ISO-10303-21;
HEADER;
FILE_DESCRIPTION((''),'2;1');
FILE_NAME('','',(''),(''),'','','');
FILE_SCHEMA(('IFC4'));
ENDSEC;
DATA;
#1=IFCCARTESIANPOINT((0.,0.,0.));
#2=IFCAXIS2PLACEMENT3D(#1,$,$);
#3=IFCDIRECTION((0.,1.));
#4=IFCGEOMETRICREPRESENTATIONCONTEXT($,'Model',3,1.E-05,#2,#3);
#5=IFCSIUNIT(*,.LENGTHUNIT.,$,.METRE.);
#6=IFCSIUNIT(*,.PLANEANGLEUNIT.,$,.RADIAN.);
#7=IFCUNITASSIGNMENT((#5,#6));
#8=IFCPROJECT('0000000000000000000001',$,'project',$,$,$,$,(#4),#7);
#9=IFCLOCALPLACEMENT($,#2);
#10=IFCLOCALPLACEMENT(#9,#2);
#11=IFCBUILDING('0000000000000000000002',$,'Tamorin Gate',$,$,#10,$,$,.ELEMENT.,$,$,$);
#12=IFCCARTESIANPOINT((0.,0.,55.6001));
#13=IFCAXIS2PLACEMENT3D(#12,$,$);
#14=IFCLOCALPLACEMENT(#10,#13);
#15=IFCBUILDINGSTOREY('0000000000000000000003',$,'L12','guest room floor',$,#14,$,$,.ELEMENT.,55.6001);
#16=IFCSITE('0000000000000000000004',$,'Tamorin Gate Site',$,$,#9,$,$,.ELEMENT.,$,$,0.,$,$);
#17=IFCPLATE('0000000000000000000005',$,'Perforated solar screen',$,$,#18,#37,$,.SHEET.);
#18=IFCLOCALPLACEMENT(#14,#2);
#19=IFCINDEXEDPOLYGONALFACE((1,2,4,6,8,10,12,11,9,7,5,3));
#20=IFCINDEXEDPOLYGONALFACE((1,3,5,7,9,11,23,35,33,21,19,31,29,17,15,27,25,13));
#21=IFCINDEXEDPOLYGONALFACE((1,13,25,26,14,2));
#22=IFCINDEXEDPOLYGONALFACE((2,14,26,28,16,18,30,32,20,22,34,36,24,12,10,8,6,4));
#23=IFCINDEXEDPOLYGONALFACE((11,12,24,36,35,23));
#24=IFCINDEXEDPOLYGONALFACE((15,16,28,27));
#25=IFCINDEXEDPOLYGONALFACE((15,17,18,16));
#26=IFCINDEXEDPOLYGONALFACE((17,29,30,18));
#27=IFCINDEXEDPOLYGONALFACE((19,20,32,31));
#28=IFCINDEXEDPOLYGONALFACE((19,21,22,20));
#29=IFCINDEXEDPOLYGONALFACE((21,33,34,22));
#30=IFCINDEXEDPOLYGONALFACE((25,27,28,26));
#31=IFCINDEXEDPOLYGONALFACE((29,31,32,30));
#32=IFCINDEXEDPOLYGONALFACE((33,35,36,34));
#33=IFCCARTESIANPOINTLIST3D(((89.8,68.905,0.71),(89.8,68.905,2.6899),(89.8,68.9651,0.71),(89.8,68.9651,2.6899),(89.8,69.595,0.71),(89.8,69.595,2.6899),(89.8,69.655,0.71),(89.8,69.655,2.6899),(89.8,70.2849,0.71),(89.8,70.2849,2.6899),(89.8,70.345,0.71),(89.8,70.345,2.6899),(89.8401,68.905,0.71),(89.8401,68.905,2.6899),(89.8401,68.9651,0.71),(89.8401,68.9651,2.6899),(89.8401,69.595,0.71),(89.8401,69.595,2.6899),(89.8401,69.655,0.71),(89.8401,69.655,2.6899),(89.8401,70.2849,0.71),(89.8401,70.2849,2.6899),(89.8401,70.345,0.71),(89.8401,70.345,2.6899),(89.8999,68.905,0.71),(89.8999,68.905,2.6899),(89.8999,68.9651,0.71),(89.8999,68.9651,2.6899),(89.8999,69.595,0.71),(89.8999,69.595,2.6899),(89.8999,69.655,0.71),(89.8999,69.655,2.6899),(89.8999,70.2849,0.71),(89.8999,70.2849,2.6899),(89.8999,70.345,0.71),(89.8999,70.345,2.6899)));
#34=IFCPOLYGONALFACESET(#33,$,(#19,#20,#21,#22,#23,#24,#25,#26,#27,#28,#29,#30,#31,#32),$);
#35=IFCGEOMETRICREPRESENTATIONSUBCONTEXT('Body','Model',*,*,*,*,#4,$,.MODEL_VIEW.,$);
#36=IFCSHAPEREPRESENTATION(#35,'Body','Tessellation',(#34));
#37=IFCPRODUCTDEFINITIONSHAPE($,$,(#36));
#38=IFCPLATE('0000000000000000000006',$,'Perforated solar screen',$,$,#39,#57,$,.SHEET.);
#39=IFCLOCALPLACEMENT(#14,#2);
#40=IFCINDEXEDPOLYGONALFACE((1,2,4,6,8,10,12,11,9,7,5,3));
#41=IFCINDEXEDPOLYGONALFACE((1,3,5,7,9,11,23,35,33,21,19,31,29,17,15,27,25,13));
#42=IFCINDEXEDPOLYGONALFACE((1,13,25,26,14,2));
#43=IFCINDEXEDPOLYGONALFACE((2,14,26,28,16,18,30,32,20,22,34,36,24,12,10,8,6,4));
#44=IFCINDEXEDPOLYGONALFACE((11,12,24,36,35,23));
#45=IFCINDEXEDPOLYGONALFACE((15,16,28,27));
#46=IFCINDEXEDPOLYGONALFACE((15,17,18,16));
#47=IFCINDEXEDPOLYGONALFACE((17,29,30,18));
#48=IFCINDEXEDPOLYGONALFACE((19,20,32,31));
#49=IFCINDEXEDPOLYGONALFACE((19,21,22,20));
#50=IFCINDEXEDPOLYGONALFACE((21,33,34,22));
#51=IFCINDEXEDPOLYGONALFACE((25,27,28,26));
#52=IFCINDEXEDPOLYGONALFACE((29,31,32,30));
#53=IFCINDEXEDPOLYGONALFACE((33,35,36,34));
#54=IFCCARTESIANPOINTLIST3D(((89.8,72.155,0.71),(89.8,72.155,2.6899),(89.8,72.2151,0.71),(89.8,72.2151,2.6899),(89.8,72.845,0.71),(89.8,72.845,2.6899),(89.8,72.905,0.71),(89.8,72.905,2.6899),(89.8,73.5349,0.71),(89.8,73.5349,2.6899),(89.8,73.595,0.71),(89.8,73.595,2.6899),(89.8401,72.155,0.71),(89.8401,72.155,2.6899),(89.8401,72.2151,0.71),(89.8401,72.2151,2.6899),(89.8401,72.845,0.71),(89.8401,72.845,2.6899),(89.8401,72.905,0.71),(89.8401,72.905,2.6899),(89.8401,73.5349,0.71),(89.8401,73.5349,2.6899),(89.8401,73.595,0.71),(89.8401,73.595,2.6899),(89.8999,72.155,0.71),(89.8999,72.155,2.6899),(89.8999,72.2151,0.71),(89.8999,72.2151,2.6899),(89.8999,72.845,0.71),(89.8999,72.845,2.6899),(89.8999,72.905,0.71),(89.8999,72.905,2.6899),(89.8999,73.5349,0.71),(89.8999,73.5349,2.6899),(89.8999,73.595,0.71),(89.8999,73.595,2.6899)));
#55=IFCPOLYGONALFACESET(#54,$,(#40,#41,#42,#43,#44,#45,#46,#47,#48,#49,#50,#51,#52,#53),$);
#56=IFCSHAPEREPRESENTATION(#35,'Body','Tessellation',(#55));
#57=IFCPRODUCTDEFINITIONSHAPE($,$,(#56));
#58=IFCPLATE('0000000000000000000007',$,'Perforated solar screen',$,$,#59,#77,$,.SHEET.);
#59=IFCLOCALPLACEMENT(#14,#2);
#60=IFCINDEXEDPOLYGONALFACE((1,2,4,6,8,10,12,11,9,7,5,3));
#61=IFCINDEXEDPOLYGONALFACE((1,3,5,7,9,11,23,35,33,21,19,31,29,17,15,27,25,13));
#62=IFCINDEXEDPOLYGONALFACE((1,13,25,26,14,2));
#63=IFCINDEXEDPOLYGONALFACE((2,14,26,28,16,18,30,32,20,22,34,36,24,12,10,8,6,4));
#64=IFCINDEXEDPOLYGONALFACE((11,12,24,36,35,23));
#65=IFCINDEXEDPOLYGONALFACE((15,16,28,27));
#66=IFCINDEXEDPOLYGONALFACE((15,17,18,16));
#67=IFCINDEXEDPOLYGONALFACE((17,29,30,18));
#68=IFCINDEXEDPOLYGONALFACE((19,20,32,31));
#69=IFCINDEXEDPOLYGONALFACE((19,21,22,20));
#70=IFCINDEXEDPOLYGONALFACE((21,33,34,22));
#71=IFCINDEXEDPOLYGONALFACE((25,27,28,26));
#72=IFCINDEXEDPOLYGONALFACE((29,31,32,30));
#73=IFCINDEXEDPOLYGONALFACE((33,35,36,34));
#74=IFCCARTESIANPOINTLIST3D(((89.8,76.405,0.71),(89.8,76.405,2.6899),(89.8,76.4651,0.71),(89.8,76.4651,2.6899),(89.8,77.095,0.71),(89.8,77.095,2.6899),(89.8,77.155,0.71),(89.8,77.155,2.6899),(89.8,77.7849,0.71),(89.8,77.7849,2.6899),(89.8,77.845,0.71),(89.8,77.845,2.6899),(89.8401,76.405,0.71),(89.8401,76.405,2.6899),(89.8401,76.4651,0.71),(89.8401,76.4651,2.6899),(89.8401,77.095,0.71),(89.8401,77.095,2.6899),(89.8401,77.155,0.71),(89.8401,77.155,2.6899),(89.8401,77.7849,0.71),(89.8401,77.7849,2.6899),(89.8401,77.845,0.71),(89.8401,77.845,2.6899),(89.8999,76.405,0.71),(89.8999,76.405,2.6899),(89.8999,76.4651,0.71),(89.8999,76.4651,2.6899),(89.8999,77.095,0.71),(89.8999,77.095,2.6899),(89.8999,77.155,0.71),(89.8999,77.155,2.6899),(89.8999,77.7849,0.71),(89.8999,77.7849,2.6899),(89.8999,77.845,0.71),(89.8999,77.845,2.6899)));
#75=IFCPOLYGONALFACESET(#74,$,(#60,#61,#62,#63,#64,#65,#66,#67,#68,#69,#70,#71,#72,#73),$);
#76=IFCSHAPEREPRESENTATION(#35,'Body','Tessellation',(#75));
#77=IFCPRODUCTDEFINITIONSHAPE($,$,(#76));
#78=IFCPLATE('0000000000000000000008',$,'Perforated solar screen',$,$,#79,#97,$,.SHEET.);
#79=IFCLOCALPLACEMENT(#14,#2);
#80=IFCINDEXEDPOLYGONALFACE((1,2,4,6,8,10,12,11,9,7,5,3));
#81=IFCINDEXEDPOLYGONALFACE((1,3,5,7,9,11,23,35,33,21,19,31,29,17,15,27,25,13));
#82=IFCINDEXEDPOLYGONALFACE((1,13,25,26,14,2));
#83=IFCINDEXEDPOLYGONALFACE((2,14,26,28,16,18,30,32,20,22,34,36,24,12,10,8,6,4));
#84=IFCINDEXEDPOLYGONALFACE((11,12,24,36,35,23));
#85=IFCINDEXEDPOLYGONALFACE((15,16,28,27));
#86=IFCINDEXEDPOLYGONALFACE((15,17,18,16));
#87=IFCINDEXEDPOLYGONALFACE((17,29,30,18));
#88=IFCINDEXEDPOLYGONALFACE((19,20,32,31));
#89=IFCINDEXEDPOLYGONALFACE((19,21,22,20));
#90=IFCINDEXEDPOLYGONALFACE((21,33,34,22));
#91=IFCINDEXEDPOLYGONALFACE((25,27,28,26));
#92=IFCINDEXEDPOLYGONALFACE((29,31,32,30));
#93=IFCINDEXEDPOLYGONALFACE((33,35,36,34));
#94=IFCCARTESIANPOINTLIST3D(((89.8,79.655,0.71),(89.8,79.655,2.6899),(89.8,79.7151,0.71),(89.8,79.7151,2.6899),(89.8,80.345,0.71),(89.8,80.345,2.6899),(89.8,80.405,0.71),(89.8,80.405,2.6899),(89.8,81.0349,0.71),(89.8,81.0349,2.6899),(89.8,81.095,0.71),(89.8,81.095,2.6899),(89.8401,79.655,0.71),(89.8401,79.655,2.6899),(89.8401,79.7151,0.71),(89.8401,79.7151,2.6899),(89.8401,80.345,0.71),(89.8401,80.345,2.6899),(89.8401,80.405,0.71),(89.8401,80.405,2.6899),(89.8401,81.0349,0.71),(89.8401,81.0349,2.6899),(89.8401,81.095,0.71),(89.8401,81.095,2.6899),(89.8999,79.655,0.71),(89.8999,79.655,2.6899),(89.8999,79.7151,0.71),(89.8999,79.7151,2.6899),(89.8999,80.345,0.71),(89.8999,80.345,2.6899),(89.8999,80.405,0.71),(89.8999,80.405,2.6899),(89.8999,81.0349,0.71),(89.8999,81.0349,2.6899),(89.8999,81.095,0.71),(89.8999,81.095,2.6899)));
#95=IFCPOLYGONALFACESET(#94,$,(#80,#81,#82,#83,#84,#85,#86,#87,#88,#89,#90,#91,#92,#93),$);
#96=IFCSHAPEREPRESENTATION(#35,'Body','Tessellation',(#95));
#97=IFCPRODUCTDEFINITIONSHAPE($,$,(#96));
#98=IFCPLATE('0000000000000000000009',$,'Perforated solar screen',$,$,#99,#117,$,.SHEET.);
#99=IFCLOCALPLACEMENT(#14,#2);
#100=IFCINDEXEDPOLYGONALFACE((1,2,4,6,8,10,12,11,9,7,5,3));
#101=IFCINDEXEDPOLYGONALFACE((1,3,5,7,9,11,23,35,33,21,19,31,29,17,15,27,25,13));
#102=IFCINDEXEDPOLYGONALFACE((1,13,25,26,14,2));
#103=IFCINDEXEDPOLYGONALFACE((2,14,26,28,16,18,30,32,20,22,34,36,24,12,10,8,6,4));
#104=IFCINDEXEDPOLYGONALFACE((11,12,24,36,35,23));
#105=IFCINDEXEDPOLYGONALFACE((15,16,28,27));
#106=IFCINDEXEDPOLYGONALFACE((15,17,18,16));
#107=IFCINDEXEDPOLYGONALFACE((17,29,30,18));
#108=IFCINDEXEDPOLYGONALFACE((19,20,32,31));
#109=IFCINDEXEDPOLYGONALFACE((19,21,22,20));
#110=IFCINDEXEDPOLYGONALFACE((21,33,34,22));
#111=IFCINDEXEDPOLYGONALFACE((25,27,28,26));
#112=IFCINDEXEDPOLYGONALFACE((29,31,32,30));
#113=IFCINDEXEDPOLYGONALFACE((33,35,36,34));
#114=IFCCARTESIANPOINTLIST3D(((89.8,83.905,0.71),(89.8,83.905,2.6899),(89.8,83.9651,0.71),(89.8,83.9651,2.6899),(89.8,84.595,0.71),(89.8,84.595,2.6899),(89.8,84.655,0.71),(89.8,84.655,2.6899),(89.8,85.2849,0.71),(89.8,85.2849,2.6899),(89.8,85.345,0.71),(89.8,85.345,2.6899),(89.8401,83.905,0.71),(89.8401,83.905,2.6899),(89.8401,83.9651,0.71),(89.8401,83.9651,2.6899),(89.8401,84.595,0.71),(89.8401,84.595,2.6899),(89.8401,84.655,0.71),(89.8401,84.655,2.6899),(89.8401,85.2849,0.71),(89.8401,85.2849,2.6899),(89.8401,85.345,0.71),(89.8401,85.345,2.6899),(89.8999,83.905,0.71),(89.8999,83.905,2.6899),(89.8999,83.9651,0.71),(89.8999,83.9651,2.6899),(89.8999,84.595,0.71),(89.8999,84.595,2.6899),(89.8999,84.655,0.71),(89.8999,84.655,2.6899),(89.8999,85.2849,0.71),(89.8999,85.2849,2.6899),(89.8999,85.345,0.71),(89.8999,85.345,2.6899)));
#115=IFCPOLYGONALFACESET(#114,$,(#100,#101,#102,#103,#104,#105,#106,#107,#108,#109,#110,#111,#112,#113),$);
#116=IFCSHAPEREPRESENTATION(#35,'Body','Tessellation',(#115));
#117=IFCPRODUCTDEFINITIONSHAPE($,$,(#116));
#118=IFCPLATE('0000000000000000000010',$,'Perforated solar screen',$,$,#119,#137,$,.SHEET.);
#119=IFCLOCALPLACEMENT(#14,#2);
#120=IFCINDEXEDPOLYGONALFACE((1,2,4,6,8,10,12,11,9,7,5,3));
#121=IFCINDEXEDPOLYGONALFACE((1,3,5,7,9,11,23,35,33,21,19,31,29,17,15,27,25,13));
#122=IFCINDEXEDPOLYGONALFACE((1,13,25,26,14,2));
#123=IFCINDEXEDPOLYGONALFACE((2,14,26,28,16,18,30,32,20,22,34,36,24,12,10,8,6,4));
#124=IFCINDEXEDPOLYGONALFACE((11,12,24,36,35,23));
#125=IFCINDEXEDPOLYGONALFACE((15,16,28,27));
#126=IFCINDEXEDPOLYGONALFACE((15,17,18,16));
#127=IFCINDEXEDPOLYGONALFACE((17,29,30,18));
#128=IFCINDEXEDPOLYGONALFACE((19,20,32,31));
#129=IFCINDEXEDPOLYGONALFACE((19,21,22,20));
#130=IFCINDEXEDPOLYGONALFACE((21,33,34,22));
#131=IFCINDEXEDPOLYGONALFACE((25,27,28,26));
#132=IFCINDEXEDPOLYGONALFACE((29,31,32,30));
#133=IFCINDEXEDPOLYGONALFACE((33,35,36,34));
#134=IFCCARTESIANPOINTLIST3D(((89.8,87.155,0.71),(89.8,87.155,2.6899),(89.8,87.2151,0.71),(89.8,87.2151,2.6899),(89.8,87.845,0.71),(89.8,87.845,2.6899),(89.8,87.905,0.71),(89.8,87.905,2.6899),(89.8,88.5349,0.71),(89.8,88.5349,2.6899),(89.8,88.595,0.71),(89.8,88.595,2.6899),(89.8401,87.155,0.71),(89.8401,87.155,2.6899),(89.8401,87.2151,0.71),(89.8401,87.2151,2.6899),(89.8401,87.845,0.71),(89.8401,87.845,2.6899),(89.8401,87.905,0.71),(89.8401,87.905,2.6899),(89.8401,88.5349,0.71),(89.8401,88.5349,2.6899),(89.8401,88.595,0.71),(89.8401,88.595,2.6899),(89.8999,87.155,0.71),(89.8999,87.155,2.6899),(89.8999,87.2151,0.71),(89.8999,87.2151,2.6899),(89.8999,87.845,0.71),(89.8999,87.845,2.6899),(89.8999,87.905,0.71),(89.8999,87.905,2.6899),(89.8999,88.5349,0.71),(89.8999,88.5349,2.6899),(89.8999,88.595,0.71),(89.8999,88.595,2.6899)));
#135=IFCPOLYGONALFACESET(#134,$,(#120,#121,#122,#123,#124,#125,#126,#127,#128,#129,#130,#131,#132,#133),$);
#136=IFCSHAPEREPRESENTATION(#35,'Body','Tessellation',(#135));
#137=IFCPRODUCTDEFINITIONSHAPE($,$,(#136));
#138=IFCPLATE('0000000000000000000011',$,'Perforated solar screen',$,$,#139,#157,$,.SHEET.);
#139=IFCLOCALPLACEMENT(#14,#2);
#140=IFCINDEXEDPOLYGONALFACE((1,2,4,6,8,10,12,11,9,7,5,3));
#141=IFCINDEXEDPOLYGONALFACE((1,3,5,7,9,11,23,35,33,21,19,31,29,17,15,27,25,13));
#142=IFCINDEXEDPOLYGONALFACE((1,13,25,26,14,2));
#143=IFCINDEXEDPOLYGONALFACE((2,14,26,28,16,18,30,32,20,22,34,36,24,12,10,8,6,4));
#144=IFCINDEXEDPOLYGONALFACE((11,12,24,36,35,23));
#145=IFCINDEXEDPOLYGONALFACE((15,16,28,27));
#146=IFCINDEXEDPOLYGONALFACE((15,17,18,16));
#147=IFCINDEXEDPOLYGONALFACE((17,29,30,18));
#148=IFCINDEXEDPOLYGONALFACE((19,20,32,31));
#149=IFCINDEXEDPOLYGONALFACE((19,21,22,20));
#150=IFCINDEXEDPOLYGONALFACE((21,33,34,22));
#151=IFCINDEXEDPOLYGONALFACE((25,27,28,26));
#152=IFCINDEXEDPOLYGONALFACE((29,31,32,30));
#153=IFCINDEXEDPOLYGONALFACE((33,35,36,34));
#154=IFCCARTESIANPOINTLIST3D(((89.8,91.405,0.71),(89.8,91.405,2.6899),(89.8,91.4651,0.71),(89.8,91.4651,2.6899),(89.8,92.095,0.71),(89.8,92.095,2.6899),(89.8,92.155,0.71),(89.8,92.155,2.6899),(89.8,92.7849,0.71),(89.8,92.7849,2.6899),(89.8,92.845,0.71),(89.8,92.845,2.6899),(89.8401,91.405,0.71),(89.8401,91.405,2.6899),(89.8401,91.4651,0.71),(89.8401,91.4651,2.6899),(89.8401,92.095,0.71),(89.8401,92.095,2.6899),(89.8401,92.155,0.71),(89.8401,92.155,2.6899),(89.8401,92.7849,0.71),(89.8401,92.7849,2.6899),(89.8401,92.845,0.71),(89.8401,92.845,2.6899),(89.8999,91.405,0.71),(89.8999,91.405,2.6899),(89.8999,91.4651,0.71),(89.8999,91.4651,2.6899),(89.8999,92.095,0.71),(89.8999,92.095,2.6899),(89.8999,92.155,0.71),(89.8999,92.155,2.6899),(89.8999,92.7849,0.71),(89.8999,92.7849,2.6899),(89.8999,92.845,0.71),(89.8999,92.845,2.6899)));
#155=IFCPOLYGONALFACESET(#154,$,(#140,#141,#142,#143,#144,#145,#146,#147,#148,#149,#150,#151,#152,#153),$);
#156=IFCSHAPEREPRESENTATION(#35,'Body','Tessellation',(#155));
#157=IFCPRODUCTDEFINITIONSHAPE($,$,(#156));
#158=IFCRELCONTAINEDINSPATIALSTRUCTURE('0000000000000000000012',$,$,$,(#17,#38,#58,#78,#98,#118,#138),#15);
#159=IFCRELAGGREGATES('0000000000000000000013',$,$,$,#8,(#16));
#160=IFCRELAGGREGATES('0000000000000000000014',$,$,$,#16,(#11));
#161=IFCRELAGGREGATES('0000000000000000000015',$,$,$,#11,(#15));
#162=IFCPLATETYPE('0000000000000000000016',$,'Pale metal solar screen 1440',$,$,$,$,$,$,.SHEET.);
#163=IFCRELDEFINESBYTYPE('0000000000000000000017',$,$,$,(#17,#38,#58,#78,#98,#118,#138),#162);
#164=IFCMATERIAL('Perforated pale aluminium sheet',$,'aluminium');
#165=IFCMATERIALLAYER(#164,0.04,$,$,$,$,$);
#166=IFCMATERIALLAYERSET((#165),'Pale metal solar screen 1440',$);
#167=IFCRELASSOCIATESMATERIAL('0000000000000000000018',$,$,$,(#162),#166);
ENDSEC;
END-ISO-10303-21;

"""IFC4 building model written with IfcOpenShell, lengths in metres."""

from ifc_helpers import new_model, si_unit, direction, frame, origin, place, context, subcontext, project, spatial, polyline, outline, extrude, material, layer, layer_set, type_object, element, save


model = new_model("IFC4")

# Units and contexts
model_context = context("Model", 3, precision=1e-05, world=origin(), true_north=direction((0.0, 1.0)))
body_context = subcontext(model_context, "Body", "Model", "MODEL_VIEW")
ifc_project = project(units=[si_unit("LENGTHUNIT", "METRE"), si_unit("PLANEANGLEUNIT", "RADIAN")], contexts=[model_context])

# Site, building, storey
site_placement = place(None, origin())
site = spatial("IfcSite", under=ifc_project, at=site_placement, Name="Tamorin Gate Site", CompositionType="ELEMENT", RefElevation=0.0)
building_placement = place(site_placement, origin())
building = spatial("IfcBuilding", under=site, at=building_placement, Name="Tamorin Gate", CompositionType="ELEMENT")
storey_placement = place(building_placement, frame((0.0, 0.0, 55.6001)))
storey = spatial("IfcBuildingStorey", under=building, at=storey_placement, Name="L12", Description="guest room floor", CompositionType="ELEMENT", Elevation=55.6001)

# Plates
ifc_material = material(Name="Perforated pale aluminium sheet", Category="aluminium")
ifc_layer = layer(ifc_material, 0.04)
ifc_layer_set = layer_set([ifc_layer], Name="Pale metal solar screen 1440")
plate_type = type_object("IfcPlateType", Name="Pale metal solar screen 1440", PredefinedType="SHEET", material=ifc_layer_set)
plate_1_placement = place(storey_placement, frame((0.0, 0.0, 0.71)))
element("IfcPlate", 1, at=plate_1_placement, inside=storey, type_object=plate_type, Name="Perforated solar screen", PredefinedType="SHEET", context=body_context, shape_type="SweptSolid", body=[
    extrude(outline(polyline([(89.8401, 68.905), (89.8, 68.905), (89.8, 68.9651), (89.8, 69.595), (89.8, 69.655), (89.8, 70.2849), (89.8, 70.345), (89.8401, 70.345), (89.8999, 70.345), (89.8999, 70.2849), (89.8401, 70.2849), (89.8401, 69.655), (89.8999, 69.655), (89.8999, 69.595), (89.8401, 69.595), (89.8401, 68.9651), (89.8999, 68.9651), (89.8999, 68.905), (89.8401, 68.905)])), origin(), (0.0, 0.0, 1.0), 1.98),
])
plate_2_placement = place(storey_placement, frame((0.0, 0.0, 0.71)))
element("IfcPlate", 2, at=plate_2_placement, inside=storey, type_object=plate_type, Name="Perforated solar screen", PredefinedType="SHEET", context=body_context, shape_type="SweptSolid", body=[
    extrude(outline(polyline([(89.8401, 72.155), (89.8, 72.155), (89.8, 72.2151), (89.8, 72.845), (89.8, 72.905), (89.8, 73.5349), (89.8, 73.595), (89.8401, 73.595), (89.8999, 73.595), (89.8999, 73.5349), (89.8401, 73.5349), (89.8401, 72.905), (89.8999, 72.905), (89.8999, 72.845), (89.8401, 72.845), (89.8401, 72.2151), (89.8999, 72.2151), (89.8999, 72.155), (89.8401, 72.155)])), origin(), (0.0, 0.0, 1.0), 1.98),
])
plate_3_placement = place(storey_placement, frame((0.0, 0.0, 0.71)))
element("IfcPlate", 3, at=plate_3_placement, inside=storey, type_object=plate_type, Name="Perforated solar screen", PredefinedType="SHEET", context=body_context, shape_type="SweptSolid", body=[
    extrude(outline(polyline([(89.8401, 76.405), (89.8, 76.405), (89.8, 76.4651), (89.8, 77.095), (89.8, 77.155), (89.8, 77.7849), (89.8, 77.845), (89.8401, 77.845), (89.8999, 77.845), (89.8999, 77.7849), (89.8401, 77.7849), (89.8401, 77.155), (89.8999, 77.155), (89.8999, 77.095), (89.8401, 77.095), (89.8401, 76.4651), (89.8999, 76.4651), (89.8999, 76.405), (89.8401, 76.405)])), origin(), (0.0, 0.0, 1.0), 1.98),
])
plate_4_placement = place(storey_placement, frame((0.0, 0.0, 0.71)))
element("IfcPlate", 4, at=plate_4_placement, inside=storey, type_object=plate_type, Name="Perforated solar screen", PredefinedType="SHEET", context=body_context, shape_type="SweptSolid", body=[
    extrude(outline(polyline([(89.8401, 79.655), (89.8, 79.655), (89.8, 79.7151), (89.8, 80.345), (89.8, 80.405), (89.8, 81.0349), (89.8, 81.095), (89.8401, 81.095), (89.8999, 81.095), (89.8999, 81.0349), (89.8401, 81.0349), (89.8401, 80.405), (89.8999, 80.405), (89.8999, 80.345), (89.8401, 80.345), (89.8401, 79.7151), (89.8999, 79.7151), (89.8999, 79.655), (89.8401, 79.655)])), origin(), (0.0, 0.0, 1.0), 1.98),
])
plate_5_placement = place(storey_placement, frame((0.0, 0.0, 0.71)))
element("IfcPlate", 5, at=plate_5_placement, inside=storey, type_object=plate_type, Name="Perforated solar screen", PredefinedType="SHEET", context=body_context, shape_type="SweptSolid", body=[
    extrude(outline(polyline([(89.8401, 83.905), (89.8, 83.905), (89.8, 83.9651), (89.8, 84.595), (89.8, 84.655), (89.8, 85.2849), (89.8, 85.345), (89.8401, 85.345), (89.8999, 85.345), (89.8999, 85.2849), (89.8401, 85.2849), (89.8401, 84.655), (89.8999, 84.655), (89.8999, 84.595), (89.8401, 84.595), (89.8401, 83.9651), (89.8999, 83.9651), (89.8999, 83.905), (89.8401, 83.905)])), origin(), (0.0, 0.0, 1.0), 1.98),
])
plate_6_placement = place(storey_placement, frame((0.0, 0.0, 0.71)))
element("IfcPlate", 6, at=plate_6_placement, inside=storey, type_object=plate_type, Name="Perforated solar screen", PredefinedType="SHEET", context=body_context, shape_type="SweptSolid", body=[
    extrude(outline(polyline([(89.8401, 87.155), (89.8, 87.155), (89.8, 87.2151), (89.8, 87.845), (89.8, 87.905), (89.8, 88.5349), (89.8, 88.595), (89.8401, 88.595), (89.8999, 88.595), (89.8999, 88.5349), (89.8401, 88.5349), (89.8401, 87.905), (89.8999, 87.905), (89.8999, 87.845), (89.8401, 87.845), (89.8401, 87.2151), (89.8999, 87.2151), (89.8999, 87.155), (89.8401, 87.155)])), origin(), (0.0, 0.0, 1.0), 1.98),
])
plate_7_placement = place(storey_placement, frame((0.0, 0.0, 0.71)))
element("IfcPlate", 7, at=plate_7_placement, inside=storey, type_object=plate_type, Name="Perforated solar screen", PredefinedType="SHEET", context=body_context, shape_type="SweptSolid", body=[
    extrude(outline(polyline([(89.8401, 91.405), (89.8, 91.405), (89.8, 91.4651), (89.8, 92.095), (89.8, 92.155), (89.8, 92.7849), (89.8, 92.845), (89.8401, 92.845), (89.8999, 92.845), (89.8999, 92.7849), (89.8401, 92.7849), (89.8401, 92.155), (89.8999, 92.155), (89.8999, 92.095), (89.8401, 92.095), (89.8401, 91.4651), (89.8999, 91.4651), (89.8999, 91.405), (89.8401, 91.405)])), origin(), (0.0, 0.0, 1.0), 1.98),
])

save(model, "model.ifc")
